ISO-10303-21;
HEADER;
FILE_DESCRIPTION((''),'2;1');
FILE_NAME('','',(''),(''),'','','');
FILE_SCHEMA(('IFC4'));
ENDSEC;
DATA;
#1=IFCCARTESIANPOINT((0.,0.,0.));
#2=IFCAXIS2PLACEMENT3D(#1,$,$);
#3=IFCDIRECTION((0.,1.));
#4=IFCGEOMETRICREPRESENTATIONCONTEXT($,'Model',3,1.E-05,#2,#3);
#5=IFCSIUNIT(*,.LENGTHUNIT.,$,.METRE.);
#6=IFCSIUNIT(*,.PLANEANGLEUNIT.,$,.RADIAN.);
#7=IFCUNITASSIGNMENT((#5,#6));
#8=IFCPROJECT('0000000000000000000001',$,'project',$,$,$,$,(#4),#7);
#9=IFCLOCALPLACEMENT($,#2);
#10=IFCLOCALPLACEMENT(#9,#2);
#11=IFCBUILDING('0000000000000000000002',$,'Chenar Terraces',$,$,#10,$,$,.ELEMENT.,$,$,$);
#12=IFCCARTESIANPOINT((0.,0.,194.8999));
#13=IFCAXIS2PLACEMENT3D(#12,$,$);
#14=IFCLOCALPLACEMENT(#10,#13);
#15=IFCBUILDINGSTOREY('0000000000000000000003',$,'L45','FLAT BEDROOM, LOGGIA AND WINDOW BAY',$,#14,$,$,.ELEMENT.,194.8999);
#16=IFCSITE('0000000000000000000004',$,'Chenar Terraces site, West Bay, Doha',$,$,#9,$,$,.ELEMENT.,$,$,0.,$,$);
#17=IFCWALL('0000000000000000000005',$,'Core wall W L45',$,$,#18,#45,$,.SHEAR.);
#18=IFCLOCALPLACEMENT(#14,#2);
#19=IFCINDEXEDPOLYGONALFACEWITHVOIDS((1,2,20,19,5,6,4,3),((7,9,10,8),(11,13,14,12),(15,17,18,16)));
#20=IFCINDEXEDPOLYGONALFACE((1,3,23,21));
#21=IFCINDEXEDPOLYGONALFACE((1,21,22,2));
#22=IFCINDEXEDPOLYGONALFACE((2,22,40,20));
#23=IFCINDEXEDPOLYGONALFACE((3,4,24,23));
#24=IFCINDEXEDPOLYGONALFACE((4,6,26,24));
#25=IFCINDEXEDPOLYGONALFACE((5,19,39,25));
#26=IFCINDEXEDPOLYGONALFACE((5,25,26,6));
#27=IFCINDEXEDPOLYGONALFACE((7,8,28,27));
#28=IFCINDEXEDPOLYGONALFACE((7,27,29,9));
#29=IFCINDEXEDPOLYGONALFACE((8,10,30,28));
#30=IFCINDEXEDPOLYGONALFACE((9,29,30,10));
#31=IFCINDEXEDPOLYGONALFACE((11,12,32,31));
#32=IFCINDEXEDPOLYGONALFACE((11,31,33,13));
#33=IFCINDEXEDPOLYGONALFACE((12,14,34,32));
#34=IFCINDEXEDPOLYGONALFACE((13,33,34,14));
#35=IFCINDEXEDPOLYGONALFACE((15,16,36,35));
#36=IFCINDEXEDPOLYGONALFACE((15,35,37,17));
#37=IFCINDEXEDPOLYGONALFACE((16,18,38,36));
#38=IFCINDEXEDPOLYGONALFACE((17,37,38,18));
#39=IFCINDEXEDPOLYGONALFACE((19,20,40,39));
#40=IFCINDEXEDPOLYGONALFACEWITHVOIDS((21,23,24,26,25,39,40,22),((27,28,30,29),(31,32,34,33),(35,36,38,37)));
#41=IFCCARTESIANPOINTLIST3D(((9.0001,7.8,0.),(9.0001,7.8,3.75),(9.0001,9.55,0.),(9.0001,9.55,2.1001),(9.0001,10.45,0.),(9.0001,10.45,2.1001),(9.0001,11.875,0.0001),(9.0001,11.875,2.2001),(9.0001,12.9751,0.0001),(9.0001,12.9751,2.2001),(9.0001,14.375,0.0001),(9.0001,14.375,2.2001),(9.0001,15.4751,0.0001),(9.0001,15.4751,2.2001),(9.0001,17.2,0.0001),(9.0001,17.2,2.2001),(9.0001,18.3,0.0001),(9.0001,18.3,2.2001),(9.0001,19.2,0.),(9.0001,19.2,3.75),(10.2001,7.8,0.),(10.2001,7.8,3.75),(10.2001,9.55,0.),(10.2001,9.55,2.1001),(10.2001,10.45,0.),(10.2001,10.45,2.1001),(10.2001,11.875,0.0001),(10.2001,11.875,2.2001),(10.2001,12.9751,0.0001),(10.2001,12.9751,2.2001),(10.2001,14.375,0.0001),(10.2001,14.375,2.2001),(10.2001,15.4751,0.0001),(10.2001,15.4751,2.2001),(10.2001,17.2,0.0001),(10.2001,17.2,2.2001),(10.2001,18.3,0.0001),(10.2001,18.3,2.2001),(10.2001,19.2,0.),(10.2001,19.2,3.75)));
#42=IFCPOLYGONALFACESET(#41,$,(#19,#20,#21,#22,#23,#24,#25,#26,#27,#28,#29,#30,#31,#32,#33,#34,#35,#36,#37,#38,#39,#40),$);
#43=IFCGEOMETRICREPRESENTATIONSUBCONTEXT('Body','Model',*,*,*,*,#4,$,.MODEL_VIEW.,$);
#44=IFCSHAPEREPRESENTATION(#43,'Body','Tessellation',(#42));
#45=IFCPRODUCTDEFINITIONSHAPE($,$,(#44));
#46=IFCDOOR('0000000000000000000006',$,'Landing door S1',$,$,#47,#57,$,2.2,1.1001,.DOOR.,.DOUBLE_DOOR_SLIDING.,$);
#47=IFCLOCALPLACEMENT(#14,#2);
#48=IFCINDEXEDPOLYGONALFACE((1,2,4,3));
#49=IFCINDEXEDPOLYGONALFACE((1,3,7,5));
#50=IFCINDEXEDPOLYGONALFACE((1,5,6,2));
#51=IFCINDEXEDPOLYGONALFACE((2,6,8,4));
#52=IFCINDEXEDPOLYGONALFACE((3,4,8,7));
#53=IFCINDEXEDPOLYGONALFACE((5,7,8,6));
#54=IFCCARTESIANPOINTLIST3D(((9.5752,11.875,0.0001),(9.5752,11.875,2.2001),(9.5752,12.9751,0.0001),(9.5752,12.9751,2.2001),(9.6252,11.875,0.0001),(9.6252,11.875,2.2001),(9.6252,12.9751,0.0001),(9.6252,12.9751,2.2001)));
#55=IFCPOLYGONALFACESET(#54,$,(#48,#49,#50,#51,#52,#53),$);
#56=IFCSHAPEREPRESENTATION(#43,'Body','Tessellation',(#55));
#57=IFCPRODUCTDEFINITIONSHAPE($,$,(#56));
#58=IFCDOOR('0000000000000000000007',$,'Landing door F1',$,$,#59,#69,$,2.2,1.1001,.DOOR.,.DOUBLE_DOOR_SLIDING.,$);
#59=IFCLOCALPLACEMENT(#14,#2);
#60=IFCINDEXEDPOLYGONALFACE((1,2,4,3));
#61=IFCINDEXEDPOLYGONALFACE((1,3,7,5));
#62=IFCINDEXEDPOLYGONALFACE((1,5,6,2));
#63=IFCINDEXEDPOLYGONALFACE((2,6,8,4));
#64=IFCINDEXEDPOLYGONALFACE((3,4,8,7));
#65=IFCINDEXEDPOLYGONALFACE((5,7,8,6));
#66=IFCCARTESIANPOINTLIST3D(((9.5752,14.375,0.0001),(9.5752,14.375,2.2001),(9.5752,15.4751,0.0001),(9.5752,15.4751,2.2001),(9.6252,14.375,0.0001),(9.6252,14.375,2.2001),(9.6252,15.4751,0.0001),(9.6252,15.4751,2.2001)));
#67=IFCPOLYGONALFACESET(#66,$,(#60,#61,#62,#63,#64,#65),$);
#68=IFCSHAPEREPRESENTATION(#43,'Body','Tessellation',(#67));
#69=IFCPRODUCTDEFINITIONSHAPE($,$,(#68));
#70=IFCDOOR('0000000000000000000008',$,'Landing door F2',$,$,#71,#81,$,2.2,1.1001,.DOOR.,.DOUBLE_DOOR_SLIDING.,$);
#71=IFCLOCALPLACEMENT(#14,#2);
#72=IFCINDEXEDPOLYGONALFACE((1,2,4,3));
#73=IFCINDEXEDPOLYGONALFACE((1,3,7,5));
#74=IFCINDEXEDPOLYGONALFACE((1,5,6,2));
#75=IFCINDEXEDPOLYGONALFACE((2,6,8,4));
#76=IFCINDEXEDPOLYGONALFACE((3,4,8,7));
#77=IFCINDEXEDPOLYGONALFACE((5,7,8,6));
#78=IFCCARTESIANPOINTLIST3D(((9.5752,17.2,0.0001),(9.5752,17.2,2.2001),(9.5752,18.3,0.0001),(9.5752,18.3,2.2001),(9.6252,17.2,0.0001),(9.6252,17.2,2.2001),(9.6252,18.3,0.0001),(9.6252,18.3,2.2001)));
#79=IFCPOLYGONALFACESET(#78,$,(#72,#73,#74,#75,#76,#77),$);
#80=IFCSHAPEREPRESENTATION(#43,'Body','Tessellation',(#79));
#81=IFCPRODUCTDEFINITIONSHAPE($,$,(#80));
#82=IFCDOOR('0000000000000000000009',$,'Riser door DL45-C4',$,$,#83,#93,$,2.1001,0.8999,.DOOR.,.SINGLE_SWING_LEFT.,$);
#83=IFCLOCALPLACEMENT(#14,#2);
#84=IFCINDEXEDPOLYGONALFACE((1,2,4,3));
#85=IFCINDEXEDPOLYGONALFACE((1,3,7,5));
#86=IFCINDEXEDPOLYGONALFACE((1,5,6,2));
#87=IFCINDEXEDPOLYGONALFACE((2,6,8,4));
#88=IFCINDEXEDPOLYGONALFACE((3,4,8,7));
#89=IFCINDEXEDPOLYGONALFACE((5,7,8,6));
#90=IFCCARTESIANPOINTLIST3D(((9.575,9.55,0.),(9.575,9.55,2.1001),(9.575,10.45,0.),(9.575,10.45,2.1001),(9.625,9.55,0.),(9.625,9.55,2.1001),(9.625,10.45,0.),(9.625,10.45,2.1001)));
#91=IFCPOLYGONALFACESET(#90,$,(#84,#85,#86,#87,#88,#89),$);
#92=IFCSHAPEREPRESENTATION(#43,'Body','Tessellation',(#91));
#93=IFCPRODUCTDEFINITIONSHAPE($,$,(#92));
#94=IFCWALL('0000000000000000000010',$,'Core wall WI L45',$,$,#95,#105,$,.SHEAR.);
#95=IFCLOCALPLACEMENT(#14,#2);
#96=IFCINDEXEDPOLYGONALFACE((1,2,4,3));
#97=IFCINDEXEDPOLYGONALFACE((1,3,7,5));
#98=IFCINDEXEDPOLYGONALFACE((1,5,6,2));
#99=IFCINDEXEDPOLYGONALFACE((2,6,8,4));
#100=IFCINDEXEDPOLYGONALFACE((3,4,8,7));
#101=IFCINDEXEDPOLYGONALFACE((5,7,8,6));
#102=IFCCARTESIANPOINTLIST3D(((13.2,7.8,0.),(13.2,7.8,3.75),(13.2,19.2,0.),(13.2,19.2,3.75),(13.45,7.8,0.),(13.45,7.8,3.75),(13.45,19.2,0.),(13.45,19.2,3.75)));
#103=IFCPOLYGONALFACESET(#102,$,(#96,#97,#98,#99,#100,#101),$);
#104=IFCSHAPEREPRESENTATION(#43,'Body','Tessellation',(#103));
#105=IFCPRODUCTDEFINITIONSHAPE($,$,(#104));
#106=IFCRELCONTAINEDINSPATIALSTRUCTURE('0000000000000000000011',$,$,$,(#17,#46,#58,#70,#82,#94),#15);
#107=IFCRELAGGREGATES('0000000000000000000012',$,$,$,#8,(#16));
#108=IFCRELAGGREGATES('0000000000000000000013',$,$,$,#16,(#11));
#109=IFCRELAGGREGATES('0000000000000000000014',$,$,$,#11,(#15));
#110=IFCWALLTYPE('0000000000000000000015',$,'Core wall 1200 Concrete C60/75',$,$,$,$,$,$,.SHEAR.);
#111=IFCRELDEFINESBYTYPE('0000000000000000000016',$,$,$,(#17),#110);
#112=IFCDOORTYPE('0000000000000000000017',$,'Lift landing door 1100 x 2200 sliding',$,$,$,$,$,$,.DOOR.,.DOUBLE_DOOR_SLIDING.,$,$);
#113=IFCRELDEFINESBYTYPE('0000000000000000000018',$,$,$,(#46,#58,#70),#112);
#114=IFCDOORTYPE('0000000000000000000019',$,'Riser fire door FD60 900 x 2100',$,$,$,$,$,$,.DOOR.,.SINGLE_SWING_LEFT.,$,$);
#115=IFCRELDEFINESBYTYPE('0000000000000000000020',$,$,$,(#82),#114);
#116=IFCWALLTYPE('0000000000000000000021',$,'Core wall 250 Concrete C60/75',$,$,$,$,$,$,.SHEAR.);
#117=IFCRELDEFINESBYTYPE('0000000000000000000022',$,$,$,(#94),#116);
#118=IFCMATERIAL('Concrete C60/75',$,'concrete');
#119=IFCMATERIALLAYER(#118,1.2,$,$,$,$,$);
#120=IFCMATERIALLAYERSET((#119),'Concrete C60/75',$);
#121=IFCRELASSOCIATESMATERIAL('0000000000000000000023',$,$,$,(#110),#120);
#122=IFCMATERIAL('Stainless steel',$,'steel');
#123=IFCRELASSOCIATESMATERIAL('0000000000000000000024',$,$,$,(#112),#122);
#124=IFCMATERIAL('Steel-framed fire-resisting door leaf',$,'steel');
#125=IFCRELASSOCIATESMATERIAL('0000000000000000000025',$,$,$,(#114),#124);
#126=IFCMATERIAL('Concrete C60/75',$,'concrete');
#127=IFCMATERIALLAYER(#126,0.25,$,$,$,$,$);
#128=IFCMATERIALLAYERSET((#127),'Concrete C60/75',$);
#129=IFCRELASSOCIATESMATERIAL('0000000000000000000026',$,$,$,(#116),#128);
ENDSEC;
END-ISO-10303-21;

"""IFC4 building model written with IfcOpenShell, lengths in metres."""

from ifc_helpers import new_model, si_unit, direction, frame, frame_2d, origin, place, context, subcontext, project, spatial, rectangle, extrude, material, layer, layer_set, type_object, element, fill, save


model = new_model("IFC4")

# Units and contexts
model_context = context("Model", 3, precision=1e-05, world=origin(), true_north=direction((0.0, 1.0)))
body_context = subcontext(model_context, "Body", "Model", "MODEL_VIEW")
ifc_project = project(units=[si_unit("LENGTHUNIT", "METRE"), si_unit("PLANEANGLEUNIT", "RADIAN")], contexts=[model_context])

# Site, building, storey
site_placement = place(None, origin())
site = spatial("IfcSite", under=ifc_project, at=site_placement, Name="Chenar Terraces site, West Bay, Doha", CompositionType="ELEMENT", RefElevation=0.0)
building_placement = place(site_placement, origin())
building = spatial("IfcBuilding", under=site, at=building_placement, Name="Chenar Terraces", CompositionType="ELEMENT")
storey_placement = place(building_placement, frame((0.0, 0.0, 194.8999)))
storey = spatial("IfcBuildingStorey", under=building, at=storey_placement, Name="L45", Description="FLAT BEDROOM, LOGGIA AND WINDOW BAY", CompositionType="ELEMENT", Elevation=194.8999)

# Wall, openings, doors
ifc_material_1 = material(Name="Concrete C60/75", Category="concrete")
ifc_layer_1 = layer(ifc_material_1, 1.2)
ifc_layer_set_1 = layer_set([ifc_layer_1], Name="Concrete C60/75")
wall_type_1 = type_object("IfcWallType", Name="Core wall 1200 Concrete C60/75", PredefinedType="SHEAR", material=ifc_layer_set_1)
wall_1_placement = place(storey_placement, frame((9.6001, 7.8, 0.0), z_axis=(0.0, 0.0, 1.0), x_axis=(0.0, 1.0, 0.0)))
wall_1 = element("IfcWall", 1, at=wall_1_placement, inside=storey, type_object=wall_type_1, Name="Core wall W L45", PredefinedType="SHEAR", context=body_context, shape_type="SweptSolid", body=[
    extrude(rectangle(XDim=11.3999, YDim=1.2, at=frame_2d((5.7, 0.0))), origin(), (0.0, 0.0, 1.0), 3.75),
])
opening_1_placement = place(wall_1_placement, frame((4.075, 0.0, 0.0)))
opening_1 = element("IfcOpeningElement", 2, at=opening_1_placement, cuts=wall_1, PredefinedType="OPENING", context=body_context, shape_type="SweptSolid", body=[
    extrude(rectangle(XDim=1.1001, YDim=2.2, at=frame_2d((0.55, 1.1001))), frame((0.0, 0.6099, 0.0), z_axis=(0.0, -1.0, 0.0), x_axis=(1.0, 0.0, 0.0)), (0.0, 0.0, 1.0), 1.22),
])
opening_2_placement = place(wall_1_placement, frame((6.575, 0.0, 0.0)))
opening_2 = element("IfcOpeningElement", 3, at=opening_2_placement, cuts=wall_1, PredefinedType="OPENING", context=body_context, shape_type="SweptSolid", body=[
    extrude(rectangle(XDim=1.1001, YDim=2.2, at=frame_2d((0.55, 1.1001))), frame((0.0, 0.6099, 0.0), z_axis=(0.0, -1.0, 0.0), x_axis=(1.0, 0.0, 0.0)), (0.0, 0.0, 1.0), 1.22),
])
opening_3_placement = place(wall_1_placement, frame((9.3999, 0.0, 0.0)))
opening_3 = element("IfcOpeningElement", 4, at=opening_3_placement, cuts=wall_1, PredefinedType="OPENING", context=body_context, shape_type="SweptSolid", body=[
    extrude(rectangle(XDim=1.1001, YDim=2.2, at=frame_2d((0.55, 1.1001))), frame((0.0, 0.6099, 0.0), z_axis=(0.0, -1.0, 0.0), x_axis=(1.0, 0.0, 0.0)), (0.0, 0.0, 1.0), 1.22),
])
opening_4_placement = place(wall_1_placement, frame((1.75, 0.0, 0.0)))
opening_4 = element("IfcOpeningElement", 5, at=opening_4_placement, cuts=wall_1, PredefinedType="OPENING", context=body_context, shape_type="SweptSolid", body=[
    extrude(rectangle(XDim=0.8999, YDim=2.1001, at=frame_2d((0.45, 1.05))), frame((0.0, 0.6099, 0.0), z_axis=(0.0, -1.0, 0.0), x_axis=(1.0, 0.0, 0.0)), (0.0, 0.0, 1.0), 1.22),
])
ifc_material_2 = material(Name="Stainless steel", Category="steel")
door_type_1 = type_object("IfcDoorType", Name="Lift landing door 1100 x 2200 sliding", OperationType="DOUBLE_DOOR_SLIDING", PredefinedType="DOOR", material=ifc_material_2)
door_1_placement = place(opening_1_placement, origin())
door_1 = element("IfcDoor", 6, at=door_1_placement, inside=storey, type_object=door_type_1, Name="Landing door S1", OperationType="DOUBLE_DOOR_SLIDING", OverallHeight=2.2, OverallWidth=1.1001, PredefinedType="DOOR", context=body_context, shape_type="SweptSolid", body=[
    extrude(rectangle(XDim=1.1001, YDim=2.2, at=frame_2d((0.55, 1.1001))), frame((0.0, 0.0249, 0.0), z_axis=(0.0, -1.0, 0.0), x_axis=(1.0, 0.0, 0.0)), (0.0, 0.0, 1.0), 0.05),
])
fill(opening_1, door_1)
door_2_placement = place(opening_2_placement, origin())
door_2 = element("IfcDoor", 7, at=door_2_placement, inside=storey, type_object=door_type_1, Name="Landing door F1", OperationType="DOUBLE_DOOR_SLIDING", OverallHeight=2.2, OverallWidth=1.1001, PredefinedType="DOOR", context=body_context, shape_type="SweptSolid", body=[
    extrude(rectangle(XDim=1.1001, YDim=2.2, at=frame_2d((0.55, 1.1001))), frame((0.0, 0.0249, 0.0), z_axis=(0.0, -1.0, 0.0), x_axis=(1.0, 0.0, 0.0)), (0.0, 0.0, 1.0), 0.05),
])
fill(opening_2, door_2)
door_3_placement = place(opening_3_placement, origin())
door_3 = element("IfcDoor", 8, at=door_3_placement, inside=storey, type_object=door_type_1, Name="Landing door F2", OperationType="DOUBLE_DOOR_SLIDING", OverallHeight=2.2, OverallWidth=1.1001, PredefinedType="DOOR", context=body_context, shape_type="SweptSolid", body=[
    extrude(rectangle(XDim=1.1001, YDim=2.2, at=frame_2d((0.55, 1.1001))), frame((0.0, 0.0249, 0.0), z_axis=(0.0, -1.0, 0.0), x_axis=(1.0, 0.0, 0.0)), (0.0, 0.0, 1.0), 0.05),
])
fill(opening_3, door_3)
ifc_material_3 = material(Name="Steel-framed fire-resisting door leaf", Category="steel")
door_type_2 = type_object("IfcDoorType", Name="Riser fire door FD60 900 x 2100", OperationType="SINGLE_SWING_LEFT", PredefinedType="DOOR", material=ifc_material_3)
door_4_placement = place(opening_4_placement, frame((0.8999, 0.0, 0.0), z_axis=(0.0, 0.0, 1.0), x_axis=(-1.0, 0.0, 0.0)))
door_4 = element("IfcDoor", 9, at=door_4_placement, inside=storey, type_object=door_type_2, Name="Riser door DL45-C4", OperationType="SINGLE_SWING_LEFT", OverallHeight=2.1001, OverallWidth=0.8999, PredefinedType="DOOR", context=body_context, shape_type="SweptSolid", body=[
    extrude(rectangle(XDim=0.8999, YDim=2.1001, at=frame_2d((0.45, 1.05))), frame((0.0, 0.0249, 0.0), z_axis=(0.0, -1.0, 0.0), x_axis=(1.0, 0.0, 0.0)), (0.0, 0.0, 1.0), 0.05),
])
fill(opening_4, door_4)

# Wall
ifc_material_4 = material(Name="Concrete C60/75", Category="concrete")
ifc_layer_2 = layer(ifc_material_4, 0.25)
ifc_layer_set_2 = layer_set([ifc_layer_2], Name="Concrete C60/75")
wall_type_2 = type_object("IfcWallType", Name="Core wall 250 Concrete C60/75", PredefinedType="SHEAR", material=ifc_layer_set_2)
wall_2_placement = place(storey_placement, frame((13.325, 7.8, 0.0), z_axis=(0.0, 0.0, 1.0), x_axis=(0.0, 1.0, 0.0)))
element("IfcWall", 10, at=wall_2_placement, inside=storey, type_object=wall_type_2, Name="Core wall WI L45", PredefinedType="SHEAR", context=body_context, shape_type="SweptSolid", body=[
    extrude(rectangle(XDim=11.3999, YDim=0.25, at=frame_2d((5.7, 0.0))), origin(), (0.0, 0.0, 1.0), 3.75),
])

save(model, "model.ifc")
